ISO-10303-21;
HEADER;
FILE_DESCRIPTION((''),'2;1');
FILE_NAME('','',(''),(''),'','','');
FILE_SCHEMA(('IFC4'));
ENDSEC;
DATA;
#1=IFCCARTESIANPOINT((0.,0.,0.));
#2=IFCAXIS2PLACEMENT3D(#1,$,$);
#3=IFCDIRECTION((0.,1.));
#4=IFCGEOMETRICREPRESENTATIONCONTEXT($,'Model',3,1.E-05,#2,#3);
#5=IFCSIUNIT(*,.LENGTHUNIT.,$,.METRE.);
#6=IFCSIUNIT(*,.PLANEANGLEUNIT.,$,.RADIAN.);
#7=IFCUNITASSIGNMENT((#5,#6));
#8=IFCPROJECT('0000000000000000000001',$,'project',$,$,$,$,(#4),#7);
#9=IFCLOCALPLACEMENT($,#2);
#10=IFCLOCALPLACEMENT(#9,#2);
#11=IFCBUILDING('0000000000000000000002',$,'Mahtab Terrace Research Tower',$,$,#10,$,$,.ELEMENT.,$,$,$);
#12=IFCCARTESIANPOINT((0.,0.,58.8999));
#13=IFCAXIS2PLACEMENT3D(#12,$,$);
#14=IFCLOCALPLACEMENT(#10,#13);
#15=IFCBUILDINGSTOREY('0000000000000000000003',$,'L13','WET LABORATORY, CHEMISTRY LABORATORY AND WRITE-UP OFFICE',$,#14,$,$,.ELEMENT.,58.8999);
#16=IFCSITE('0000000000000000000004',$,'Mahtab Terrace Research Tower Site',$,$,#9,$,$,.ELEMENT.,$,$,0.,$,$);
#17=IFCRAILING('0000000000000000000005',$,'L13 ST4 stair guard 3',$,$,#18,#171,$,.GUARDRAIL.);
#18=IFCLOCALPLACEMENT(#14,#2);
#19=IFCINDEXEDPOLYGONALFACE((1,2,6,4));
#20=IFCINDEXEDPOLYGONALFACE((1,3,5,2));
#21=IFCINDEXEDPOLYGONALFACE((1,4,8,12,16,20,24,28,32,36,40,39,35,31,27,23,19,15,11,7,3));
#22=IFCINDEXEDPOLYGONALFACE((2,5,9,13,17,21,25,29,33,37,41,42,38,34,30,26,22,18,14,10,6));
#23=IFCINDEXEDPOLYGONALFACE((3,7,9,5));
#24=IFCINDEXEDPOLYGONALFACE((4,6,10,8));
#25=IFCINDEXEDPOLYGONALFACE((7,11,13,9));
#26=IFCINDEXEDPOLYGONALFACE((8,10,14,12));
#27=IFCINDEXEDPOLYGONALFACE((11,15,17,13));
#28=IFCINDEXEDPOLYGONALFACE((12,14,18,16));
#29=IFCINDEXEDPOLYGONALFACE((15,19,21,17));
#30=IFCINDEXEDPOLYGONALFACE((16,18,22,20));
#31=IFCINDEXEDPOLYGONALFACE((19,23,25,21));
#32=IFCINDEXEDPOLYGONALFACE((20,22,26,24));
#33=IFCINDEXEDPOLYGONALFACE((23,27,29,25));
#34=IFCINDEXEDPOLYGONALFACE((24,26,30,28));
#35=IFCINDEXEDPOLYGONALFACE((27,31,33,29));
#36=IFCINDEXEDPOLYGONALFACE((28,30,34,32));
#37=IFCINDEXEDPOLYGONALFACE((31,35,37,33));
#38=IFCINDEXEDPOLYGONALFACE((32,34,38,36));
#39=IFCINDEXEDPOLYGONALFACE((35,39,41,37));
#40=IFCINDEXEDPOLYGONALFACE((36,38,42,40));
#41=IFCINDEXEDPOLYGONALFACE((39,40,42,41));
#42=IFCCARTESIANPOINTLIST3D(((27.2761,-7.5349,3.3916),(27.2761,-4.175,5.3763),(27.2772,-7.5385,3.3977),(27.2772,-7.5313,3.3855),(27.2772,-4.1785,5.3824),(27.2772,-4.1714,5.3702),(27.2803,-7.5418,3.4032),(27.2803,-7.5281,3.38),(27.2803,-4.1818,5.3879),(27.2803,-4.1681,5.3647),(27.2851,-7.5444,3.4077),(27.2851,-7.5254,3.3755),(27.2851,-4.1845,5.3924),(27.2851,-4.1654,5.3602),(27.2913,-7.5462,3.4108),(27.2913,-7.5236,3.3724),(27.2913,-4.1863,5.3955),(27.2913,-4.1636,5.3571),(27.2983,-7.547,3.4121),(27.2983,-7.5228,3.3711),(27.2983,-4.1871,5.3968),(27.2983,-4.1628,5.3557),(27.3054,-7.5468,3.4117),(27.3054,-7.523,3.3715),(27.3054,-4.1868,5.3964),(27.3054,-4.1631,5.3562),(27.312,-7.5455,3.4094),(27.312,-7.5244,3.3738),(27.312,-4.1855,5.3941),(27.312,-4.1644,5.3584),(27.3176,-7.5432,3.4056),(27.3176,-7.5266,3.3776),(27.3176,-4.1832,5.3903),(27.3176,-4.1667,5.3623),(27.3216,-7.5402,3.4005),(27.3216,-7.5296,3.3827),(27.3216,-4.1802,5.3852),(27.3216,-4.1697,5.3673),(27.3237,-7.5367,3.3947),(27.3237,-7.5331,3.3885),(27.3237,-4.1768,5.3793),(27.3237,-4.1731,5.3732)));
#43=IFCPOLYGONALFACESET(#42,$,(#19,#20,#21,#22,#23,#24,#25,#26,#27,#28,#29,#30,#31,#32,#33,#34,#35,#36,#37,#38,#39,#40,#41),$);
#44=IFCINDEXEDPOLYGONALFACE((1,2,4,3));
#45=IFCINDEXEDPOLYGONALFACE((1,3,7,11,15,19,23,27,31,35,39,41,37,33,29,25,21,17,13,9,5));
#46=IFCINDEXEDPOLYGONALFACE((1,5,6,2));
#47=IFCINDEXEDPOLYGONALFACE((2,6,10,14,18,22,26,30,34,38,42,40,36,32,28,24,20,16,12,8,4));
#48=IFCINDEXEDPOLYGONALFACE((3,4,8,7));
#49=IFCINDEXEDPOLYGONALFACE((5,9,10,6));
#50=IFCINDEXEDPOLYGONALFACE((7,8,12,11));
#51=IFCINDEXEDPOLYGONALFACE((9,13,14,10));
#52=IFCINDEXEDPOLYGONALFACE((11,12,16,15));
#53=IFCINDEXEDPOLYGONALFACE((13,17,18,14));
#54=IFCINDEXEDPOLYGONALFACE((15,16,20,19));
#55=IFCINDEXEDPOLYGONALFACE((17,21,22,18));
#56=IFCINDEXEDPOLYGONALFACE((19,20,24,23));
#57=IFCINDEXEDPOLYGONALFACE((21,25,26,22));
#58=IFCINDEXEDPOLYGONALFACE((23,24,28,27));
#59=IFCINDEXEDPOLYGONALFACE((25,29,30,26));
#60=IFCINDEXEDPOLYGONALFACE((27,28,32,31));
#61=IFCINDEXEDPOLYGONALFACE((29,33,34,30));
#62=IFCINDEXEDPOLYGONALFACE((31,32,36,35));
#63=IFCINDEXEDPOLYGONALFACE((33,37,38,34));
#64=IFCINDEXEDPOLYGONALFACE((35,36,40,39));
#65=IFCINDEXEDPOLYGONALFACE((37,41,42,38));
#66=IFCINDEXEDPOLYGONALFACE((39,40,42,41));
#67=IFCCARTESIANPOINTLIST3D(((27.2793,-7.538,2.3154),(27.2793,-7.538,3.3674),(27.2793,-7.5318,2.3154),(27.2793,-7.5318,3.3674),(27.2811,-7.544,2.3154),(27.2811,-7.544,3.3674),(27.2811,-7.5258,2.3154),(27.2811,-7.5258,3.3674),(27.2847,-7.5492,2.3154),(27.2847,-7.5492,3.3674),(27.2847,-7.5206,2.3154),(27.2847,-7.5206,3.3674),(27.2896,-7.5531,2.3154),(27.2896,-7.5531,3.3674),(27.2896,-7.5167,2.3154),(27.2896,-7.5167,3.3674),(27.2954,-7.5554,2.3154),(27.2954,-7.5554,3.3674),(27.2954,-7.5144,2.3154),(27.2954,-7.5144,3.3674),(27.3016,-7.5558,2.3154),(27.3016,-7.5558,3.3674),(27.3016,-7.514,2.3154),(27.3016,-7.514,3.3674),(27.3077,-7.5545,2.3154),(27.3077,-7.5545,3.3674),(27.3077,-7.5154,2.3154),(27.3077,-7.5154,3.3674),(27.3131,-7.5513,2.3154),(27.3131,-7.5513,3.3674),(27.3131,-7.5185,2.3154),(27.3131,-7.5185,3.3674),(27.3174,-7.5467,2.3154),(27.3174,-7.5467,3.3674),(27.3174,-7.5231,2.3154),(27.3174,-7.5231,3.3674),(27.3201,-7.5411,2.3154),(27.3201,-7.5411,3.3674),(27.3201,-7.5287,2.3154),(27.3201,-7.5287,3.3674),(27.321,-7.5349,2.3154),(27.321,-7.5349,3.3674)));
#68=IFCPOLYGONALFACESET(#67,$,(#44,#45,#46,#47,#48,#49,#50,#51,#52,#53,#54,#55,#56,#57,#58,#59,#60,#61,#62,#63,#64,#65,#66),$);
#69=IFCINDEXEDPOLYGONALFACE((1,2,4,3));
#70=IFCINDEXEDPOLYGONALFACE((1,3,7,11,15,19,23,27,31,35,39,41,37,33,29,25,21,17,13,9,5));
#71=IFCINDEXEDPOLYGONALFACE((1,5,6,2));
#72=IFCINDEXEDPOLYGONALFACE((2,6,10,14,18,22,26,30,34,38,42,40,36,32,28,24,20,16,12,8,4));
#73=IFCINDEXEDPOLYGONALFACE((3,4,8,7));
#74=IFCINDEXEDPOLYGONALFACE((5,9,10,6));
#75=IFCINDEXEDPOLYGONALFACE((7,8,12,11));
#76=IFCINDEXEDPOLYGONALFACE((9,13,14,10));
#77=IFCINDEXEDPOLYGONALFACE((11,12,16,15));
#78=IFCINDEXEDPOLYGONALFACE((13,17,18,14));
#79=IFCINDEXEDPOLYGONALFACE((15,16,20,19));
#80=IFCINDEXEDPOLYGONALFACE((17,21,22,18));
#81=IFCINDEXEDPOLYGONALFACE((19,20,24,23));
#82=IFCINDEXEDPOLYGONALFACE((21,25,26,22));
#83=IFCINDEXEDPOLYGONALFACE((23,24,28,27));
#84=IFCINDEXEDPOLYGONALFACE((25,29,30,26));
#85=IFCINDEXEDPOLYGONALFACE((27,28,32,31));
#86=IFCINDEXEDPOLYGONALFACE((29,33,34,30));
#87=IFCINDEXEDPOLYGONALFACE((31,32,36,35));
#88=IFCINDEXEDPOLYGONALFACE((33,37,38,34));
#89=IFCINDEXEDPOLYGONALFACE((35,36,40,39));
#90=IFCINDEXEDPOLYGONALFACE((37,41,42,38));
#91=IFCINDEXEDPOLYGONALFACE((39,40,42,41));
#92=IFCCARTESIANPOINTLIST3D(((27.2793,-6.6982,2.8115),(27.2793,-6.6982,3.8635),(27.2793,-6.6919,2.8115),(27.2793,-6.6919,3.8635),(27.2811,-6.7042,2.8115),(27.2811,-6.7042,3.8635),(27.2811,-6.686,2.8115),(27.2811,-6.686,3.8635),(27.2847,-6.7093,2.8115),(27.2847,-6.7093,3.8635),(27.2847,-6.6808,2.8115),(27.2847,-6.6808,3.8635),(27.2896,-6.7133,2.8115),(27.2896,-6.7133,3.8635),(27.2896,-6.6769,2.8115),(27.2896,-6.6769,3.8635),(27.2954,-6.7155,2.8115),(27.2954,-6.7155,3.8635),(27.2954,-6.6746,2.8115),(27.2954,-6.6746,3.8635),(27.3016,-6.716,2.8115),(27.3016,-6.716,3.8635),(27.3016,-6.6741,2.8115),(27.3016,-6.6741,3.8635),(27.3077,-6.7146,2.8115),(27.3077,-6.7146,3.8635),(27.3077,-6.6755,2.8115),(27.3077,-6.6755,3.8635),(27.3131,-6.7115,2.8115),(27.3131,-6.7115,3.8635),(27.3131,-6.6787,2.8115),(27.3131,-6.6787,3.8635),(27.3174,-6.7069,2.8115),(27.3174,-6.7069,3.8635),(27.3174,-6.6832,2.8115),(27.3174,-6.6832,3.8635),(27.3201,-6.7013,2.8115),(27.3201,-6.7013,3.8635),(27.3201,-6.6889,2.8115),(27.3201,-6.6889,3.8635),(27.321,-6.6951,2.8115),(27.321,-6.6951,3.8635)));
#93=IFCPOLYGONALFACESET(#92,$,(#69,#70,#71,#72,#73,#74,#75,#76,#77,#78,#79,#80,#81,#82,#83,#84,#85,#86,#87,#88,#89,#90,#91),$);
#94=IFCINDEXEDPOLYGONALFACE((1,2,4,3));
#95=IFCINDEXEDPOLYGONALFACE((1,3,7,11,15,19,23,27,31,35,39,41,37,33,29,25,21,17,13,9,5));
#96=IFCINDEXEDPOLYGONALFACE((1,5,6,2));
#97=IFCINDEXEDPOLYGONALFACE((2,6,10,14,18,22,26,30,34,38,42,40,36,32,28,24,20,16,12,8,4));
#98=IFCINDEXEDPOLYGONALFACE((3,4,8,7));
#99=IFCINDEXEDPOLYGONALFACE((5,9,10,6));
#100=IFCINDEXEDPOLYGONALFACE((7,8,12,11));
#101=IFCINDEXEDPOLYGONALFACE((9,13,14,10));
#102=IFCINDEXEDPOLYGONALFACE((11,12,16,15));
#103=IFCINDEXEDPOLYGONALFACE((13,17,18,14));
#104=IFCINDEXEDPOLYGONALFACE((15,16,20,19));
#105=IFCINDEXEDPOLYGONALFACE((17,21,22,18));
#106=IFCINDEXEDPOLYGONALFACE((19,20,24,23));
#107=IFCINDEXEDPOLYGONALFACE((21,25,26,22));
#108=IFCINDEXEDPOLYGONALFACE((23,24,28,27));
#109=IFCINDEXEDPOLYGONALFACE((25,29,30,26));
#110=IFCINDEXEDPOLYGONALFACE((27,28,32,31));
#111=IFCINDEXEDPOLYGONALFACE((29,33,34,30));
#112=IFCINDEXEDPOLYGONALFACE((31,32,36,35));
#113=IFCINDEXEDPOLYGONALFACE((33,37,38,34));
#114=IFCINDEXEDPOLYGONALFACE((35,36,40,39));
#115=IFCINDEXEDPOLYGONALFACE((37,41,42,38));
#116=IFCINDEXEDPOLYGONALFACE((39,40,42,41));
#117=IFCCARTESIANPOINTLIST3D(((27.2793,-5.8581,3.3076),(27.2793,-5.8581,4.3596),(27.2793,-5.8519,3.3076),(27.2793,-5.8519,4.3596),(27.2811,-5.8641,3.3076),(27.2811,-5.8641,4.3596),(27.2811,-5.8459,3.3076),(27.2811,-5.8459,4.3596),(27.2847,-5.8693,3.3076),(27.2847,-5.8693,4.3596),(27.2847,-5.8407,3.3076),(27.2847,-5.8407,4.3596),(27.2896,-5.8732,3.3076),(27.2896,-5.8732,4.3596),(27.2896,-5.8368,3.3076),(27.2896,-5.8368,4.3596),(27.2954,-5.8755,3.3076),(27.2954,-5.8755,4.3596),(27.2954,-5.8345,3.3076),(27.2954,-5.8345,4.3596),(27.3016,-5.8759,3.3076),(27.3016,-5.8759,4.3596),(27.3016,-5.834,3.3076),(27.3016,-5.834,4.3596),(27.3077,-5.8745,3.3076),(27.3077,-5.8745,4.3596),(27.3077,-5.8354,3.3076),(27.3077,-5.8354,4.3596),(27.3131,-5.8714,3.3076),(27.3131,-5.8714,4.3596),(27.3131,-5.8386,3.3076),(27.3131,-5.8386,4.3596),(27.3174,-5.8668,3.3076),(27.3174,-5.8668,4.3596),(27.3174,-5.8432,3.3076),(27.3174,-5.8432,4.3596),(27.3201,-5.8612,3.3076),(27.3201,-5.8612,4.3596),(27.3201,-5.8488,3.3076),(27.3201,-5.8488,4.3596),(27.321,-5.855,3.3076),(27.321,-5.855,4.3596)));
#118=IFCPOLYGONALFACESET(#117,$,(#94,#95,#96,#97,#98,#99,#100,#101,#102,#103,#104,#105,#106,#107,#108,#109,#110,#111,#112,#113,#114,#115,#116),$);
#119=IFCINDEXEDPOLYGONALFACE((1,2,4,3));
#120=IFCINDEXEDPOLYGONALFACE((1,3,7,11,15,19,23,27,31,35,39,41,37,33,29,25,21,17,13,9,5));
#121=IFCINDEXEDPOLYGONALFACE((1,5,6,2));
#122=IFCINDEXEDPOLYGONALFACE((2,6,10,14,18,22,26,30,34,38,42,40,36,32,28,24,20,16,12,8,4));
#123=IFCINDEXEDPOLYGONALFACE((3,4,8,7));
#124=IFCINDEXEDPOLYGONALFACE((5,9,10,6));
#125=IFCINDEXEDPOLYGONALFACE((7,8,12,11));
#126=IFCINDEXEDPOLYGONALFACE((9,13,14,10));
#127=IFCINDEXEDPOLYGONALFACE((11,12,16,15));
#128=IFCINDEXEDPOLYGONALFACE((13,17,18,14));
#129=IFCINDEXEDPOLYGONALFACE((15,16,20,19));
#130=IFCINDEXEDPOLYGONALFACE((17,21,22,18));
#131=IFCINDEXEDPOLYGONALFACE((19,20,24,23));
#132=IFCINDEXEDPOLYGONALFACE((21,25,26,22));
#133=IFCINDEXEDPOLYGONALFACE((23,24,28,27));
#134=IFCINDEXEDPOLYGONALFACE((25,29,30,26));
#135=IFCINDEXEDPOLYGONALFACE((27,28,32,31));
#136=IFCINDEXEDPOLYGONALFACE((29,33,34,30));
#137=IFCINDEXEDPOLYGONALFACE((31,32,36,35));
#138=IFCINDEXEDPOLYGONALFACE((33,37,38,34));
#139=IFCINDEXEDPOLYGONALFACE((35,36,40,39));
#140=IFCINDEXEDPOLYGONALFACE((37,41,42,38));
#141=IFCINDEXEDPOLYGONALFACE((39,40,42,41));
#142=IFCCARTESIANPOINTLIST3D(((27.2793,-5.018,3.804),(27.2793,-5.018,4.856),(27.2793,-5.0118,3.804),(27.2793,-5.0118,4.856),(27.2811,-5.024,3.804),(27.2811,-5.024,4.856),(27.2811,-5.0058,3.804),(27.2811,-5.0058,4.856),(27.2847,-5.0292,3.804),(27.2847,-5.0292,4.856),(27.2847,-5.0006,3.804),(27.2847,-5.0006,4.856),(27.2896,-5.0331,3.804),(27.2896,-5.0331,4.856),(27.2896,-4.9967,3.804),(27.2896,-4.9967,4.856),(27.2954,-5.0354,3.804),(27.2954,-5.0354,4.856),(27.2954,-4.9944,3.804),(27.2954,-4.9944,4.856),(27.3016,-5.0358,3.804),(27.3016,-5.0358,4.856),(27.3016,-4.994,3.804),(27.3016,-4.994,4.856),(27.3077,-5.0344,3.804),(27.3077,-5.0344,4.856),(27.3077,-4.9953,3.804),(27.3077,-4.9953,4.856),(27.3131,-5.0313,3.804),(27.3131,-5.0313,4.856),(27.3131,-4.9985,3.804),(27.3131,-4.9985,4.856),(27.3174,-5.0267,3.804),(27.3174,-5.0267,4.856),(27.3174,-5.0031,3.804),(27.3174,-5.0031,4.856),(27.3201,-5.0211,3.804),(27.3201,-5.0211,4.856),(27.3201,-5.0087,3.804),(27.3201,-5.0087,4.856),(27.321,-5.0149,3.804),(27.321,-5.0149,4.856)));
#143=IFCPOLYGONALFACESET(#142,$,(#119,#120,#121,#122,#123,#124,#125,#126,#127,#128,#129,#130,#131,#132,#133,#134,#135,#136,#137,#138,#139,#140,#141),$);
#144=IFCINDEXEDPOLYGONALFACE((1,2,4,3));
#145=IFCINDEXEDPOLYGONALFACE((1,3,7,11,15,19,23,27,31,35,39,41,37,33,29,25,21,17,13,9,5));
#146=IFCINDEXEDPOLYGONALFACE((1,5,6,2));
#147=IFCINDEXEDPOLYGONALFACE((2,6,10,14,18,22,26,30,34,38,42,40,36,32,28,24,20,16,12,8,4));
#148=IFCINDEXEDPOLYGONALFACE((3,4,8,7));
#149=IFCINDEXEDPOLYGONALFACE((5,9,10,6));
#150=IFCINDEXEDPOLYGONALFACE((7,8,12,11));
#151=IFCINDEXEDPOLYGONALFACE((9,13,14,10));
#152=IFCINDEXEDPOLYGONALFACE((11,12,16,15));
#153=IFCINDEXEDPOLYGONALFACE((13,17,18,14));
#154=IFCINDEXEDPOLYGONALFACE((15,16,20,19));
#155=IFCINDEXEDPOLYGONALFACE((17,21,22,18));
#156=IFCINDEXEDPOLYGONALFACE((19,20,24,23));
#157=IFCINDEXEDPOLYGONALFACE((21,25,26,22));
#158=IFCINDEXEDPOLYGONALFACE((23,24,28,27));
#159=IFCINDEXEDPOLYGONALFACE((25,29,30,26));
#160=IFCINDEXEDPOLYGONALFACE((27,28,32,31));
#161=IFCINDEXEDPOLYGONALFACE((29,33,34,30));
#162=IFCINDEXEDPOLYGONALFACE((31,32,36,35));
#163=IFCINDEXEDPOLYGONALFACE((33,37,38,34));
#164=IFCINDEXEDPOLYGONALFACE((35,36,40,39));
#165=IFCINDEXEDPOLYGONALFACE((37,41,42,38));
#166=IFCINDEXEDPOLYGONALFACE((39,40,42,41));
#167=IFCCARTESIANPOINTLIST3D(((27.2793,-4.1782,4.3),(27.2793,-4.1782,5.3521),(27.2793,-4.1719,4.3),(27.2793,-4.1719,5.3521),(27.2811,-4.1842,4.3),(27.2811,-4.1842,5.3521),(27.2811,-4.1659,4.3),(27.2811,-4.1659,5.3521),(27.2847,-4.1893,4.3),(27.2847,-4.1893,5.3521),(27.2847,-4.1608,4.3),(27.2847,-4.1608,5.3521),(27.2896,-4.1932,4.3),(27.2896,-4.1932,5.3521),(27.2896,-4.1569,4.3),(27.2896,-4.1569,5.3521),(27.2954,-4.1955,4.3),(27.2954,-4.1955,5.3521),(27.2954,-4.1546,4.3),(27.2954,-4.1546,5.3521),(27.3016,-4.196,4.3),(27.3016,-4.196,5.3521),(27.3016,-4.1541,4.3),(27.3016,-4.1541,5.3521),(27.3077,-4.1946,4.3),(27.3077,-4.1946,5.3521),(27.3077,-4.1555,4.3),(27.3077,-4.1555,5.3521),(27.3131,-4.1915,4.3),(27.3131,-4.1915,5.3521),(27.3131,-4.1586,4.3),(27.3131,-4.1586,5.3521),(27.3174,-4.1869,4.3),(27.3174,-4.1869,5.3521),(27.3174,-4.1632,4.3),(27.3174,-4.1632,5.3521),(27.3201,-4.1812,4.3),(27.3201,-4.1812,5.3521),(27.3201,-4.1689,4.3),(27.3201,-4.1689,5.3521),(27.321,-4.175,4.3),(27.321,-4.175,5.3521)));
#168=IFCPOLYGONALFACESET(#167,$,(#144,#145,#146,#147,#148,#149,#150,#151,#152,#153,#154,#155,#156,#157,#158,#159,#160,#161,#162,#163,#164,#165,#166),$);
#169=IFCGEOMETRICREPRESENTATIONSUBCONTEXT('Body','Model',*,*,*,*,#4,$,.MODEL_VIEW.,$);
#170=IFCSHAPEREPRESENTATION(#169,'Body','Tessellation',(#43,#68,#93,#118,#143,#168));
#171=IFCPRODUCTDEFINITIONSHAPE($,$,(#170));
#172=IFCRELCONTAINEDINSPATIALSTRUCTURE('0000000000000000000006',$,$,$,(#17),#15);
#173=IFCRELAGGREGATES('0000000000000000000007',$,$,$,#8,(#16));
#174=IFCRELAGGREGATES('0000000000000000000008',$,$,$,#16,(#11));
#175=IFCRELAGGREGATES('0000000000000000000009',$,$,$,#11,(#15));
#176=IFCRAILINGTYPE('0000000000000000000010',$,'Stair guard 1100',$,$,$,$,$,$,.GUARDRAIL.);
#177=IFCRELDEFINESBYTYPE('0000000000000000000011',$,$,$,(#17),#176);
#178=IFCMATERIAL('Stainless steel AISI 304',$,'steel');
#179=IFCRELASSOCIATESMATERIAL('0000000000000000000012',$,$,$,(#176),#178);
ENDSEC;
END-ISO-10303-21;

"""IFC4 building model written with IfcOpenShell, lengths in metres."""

from ifc_helpers import new_model, si_unit, direction, frame, origin, origin_2d, place, context, subcontext, project, spatial, circle, extrude, material, type_object, element, save


model = new_model("IFC4")

# Units and contexts
model_context = context("Model", 3, precision=1e-05, world=origin(), true_north=direction((0.0, 1.0)))
body_context = subcontext(model_context, "Body", "Model", "MODEL_VIEW")
ifc_project = project(units=[si_unit("LENGTHUNIT", "METRE"), si_unit("PLANEANGLEUNIT", "RADIAN")], contexts=[model_context])

# Site, building, storey
site_placement = place(None, origin())
site = spatial("IfcSite", under=ifc_project, at=site_placement, Name="Mahtab Terrace Research Tower Site", CompositionType="ELEMENT", RefElevation=0.0)
building_placement = place(site_placement, origin())
building = spatial("IfcBuilding", under=site, at=building_placement, Name="Mahtab Terrace Research Tower", CompositionType="ELEMENT")
storey_placement = place(building_placement, frame((0.0, 0.0, 58.8999)))
storey = spatial("IfcBuildingStorey", under=building, at=storey_placement, Name="L13", Description="WET LABORATORY, CHEMISTRY LABORATORY AND WRITE-UP OFFICE", CompositionType="ELEMENT", Elevation=58.8999)

# Railing
ifc_material_1 = material(Name="Stainless steel AISI 304", Category="steel")
railing_type_1 = type_object("IfcRailingType", Name="Stair guard 1100", PredefinedType="GUARDRAIL", material=ifc_material_1)
railing_1_placement = place(storey_placement, frame((27.3, -7.5349, 2.3154)))
element("IfcRailing", 1, at=railing_1_placement, inside=storey, type_object=railing_type_1, Name="L13 ST4 stair guard 3", PredefinedType="GUARDRAIL", context=body_context, shape_type="SweptSolid", body=[
    extrude(circle(Radius=0.0239, at=origin_2d()), frame((0.0, 0.0, 1.0762), z_axis=(0.0, 0.861011, 0.508586), x_axis=(-1.0, 0.0, 0.0)), (0.0, 0.0, 1.0), 3.9023),
    extrude(circle(Radius=0.021, at=origin_2d()), origin(), (0.0, 0.0, 1.0), 1.052),
    extrude(circle(Radius=0.021, at=origin_2d()), frame((0.0, 0.8398, 0.4961)), (0.0, 0.0, 1.0), 1.052),
    extrude(circle(Radius=0.021, at=origin_2d()), frame((0.0, 1.6799, 0.9922)), (0.0, 0.0, 1.0), 1.052),
    extrude(circle(Radius=0.021, at=origin_2d()), frame((0.0, 2.52, 1.4885)), (0.0, 0.0, 1.0), 1.052),
    extrude(circle(Radius=0.021, at=origin_2d()), frame((0.0, 3.3599, 1.9846)), (0.0, 0.0, 1.0), 1.052),
])

save(model, "model.ifc")
